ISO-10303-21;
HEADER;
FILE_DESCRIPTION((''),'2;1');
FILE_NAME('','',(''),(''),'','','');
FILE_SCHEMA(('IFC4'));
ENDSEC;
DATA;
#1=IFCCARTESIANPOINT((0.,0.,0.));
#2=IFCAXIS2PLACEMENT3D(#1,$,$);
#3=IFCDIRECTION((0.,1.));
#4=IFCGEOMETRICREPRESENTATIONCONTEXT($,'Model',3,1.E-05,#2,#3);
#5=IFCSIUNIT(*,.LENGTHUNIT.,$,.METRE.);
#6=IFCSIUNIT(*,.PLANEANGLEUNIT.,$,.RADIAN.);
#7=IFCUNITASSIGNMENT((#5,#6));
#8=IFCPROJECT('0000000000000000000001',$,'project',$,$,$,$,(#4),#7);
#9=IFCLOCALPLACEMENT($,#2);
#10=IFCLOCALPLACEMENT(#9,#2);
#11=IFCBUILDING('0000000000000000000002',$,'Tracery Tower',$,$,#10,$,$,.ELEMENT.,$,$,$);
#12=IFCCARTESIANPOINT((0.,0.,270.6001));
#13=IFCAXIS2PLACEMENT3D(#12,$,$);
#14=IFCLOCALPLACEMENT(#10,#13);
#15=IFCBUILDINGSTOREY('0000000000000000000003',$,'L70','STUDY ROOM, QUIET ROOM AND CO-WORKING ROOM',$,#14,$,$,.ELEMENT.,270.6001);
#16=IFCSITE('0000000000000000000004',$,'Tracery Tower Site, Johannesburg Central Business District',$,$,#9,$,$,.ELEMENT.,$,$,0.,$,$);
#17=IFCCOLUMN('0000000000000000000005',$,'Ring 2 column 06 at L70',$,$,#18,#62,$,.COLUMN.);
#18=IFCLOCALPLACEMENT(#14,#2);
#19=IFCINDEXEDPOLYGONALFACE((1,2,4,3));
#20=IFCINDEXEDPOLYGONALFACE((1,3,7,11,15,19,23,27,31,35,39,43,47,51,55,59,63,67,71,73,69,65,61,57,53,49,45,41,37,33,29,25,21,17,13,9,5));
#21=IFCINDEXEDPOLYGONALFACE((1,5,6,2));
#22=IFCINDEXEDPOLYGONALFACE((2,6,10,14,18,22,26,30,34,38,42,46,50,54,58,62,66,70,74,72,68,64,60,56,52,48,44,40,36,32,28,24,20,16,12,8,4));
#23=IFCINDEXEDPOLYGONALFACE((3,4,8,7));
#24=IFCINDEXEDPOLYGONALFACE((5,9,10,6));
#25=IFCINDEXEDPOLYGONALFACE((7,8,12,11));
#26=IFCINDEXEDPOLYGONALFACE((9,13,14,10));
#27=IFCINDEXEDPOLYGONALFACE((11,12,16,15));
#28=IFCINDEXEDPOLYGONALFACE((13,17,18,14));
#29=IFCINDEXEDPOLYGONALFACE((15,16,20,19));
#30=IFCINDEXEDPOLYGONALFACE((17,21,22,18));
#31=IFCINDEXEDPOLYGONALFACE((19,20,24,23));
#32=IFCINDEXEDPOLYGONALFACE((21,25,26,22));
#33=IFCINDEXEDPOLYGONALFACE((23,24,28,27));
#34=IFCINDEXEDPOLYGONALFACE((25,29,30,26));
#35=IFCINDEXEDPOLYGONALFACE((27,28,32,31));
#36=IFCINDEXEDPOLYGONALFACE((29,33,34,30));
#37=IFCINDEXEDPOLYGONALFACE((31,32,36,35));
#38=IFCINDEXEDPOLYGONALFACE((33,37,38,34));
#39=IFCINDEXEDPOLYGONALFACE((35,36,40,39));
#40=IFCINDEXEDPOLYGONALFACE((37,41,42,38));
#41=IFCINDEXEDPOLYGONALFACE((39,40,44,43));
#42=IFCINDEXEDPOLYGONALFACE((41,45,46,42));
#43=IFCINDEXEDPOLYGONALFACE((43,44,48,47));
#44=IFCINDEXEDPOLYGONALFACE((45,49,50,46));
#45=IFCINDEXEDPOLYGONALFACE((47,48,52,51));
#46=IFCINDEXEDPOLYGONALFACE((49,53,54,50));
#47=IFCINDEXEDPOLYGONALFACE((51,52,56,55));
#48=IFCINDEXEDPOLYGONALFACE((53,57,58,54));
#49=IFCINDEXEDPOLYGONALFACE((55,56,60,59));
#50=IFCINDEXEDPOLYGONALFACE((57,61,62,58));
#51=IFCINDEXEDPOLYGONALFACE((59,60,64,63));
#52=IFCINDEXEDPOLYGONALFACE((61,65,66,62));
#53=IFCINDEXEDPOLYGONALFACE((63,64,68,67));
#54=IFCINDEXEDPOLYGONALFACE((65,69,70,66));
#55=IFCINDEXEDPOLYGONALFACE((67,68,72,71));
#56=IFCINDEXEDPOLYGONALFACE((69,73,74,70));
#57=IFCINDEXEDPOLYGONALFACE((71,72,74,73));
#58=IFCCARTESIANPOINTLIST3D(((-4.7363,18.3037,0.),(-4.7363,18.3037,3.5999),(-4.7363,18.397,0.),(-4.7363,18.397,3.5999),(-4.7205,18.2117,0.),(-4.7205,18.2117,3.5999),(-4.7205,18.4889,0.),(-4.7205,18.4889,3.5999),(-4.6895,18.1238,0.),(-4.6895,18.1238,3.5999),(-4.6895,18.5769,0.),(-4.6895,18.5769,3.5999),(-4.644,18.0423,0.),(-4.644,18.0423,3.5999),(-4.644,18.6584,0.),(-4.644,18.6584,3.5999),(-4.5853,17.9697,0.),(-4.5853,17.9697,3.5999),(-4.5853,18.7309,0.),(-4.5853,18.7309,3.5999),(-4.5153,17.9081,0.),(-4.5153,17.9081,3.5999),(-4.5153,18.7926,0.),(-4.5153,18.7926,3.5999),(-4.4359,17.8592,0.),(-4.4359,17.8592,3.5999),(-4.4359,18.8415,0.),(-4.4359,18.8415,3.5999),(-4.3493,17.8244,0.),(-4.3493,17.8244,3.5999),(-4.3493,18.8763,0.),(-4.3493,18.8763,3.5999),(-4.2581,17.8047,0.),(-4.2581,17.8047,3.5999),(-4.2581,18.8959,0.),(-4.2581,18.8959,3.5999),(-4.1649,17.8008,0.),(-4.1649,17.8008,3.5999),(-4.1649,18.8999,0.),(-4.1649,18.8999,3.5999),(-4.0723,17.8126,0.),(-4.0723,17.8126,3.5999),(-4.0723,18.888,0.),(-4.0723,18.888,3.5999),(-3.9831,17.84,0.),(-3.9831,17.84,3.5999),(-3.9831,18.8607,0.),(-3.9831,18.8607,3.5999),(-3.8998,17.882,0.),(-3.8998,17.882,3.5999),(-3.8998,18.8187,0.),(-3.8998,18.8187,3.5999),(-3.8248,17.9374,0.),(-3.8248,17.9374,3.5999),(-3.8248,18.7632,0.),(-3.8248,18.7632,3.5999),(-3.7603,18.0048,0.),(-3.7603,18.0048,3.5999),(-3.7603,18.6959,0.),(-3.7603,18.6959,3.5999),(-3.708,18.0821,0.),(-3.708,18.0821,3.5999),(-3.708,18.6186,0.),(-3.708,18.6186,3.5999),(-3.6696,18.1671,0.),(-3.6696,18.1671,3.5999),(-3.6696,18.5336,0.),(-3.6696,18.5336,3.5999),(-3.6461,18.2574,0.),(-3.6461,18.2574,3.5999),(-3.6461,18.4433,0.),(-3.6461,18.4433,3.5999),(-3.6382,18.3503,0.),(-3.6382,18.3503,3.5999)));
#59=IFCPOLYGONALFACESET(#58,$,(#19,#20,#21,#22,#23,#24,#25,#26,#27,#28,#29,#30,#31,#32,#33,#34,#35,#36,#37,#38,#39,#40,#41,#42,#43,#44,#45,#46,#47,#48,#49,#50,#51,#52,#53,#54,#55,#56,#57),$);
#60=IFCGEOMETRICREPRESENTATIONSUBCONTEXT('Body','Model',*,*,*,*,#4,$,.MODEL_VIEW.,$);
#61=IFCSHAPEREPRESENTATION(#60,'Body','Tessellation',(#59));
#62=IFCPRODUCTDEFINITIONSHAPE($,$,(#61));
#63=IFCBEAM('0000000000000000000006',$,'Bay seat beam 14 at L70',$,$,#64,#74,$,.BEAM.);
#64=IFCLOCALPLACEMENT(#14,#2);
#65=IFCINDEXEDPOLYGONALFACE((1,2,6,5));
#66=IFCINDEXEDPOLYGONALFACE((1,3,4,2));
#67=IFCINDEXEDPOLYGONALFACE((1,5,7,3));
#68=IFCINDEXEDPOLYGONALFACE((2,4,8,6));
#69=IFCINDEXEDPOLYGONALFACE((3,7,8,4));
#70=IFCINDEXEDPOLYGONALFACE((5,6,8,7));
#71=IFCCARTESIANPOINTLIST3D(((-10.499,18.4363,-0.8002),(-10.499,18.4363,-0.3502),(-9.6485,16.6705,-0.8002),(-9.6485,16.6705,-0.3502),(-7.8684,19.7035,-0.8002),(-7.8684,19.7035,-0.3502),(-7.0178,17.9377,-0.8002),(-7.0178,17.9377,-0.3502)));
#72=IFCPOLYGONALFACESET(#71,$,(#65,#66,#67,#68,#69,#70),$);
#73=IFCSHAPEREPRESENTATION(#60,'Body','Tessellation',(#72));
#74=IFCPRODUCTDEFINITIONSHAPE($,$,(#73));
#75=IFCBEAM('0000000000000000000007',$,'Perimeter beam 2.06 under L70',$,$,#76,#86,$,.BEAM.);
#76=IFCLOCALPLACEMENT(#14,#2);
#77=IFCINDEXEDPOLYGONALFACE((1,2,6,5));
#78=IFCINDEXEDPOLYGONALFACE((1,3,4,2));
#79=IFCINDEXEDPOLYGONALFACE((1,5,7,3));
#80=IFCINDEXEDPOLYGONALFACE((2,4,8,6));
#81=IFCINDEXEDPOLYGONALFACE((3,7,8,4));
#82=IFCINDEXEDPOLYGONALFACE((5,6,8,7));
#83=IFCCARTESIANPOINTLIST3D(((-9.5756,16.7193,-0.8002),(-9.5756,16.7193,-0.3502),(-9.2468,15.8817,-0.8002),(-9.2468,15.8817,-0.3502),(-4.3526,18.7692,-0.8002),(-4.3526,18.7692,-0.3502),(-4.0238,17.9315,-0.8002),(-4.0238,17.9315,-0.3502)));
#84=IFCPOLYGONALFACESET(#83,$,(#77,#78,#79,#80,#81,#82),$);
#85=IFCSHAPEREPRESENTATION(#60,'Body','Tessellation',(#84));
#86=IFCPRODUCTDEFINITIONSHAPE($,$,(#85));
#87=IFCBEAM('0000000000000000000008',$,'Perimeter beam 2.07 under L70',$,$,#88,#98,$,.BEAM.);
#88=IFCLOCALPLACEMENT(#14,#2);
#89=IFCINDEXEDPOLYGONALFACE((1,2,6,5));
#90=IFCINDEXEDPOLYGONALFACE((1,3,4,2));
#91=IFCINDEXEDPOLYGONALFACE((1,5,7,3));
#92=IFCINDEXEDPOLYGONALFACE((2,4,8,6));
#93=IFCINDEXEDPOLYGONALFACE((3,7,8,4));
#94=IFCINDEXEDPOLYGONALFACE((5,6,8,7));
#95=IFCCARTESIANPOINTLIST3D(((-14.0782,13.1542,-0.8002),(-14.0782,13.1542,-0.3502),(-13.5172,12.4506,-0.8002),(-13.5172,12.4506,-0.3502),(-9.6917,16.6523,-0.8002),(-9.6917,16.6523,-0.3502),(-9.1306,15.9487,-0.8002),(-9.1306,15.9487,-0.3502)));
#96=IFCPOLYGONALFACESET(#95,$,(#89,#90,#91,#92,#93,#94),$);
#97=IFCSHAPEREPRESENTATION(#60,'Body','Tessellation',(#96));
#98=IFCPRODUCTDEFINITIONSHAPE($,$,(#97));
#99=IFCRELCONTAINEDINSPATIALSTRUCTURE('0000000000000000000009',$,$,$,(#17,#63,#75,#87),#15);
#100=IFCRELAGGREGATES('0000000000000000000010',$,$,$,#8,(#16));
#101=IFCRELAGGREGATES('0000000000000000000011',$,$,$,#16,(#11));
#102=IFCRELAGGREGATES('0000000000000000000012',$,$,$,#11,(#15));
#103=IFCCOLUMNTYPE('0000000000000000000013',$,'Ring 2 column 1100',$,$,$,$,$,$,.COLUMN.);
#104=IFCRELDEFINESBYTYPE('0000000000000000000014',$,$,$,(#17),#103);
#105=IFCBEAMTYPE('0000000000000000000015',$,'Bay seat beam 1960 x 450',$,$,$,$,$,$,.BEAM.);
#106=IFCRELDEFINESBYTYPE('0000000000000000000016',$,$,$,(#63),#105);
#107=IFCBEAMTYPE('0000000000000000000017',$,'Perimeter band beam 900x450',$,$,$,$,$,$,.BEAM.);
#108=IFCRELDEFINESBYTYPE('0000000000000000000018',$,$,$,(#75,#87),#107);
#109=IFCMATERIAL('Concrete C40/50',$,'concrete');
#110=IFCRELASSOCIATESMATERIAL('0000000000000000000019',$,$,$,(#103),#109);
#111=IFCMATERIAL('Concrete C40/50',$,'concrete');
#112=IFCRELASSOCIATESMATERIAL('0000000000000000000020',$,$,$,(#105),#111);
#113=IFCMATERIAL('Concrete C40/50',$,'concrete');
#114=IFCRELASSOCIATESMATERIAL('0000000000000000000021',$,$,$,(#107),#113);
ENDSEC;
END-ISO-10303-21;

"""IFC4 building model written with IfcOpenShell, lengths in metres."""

from ifc_helpers import new_model, si_unit, direction, frame, origin, origin_2d, place, context, subcontext, project, spatial, rectangle, circle, extrude, material, material_profile, profile_set, type_object, element, save


model = new_model("IFC4")

# Units and contexts
model_context = context("Model", 3, precision=1e-05, world=origin(), true_north=direction((0.0, 1.0)))
body_context = subcontext(model_context, "Body", "Model", "MODEL_VIEW")
ifc_project = project(units=[si_unit("LENGTHUNIT", "METRE"), si_unit("PLANEANGLEUNIT", "RADIAN")], contexts=[model_context])

# Site, building, storey
site_placement = place(None, origin())
site = spatial("IfcSite", under=ifc_project, at=site_placement, Name="Tracery Tower Site, Johannesburg Central Business District", CompositionType="ELEMENT", RefElevation=0.0)
building_placement = place(site_placement, origin())
building = spatial("IfcBuilding", under=site, at=building_placement, Name="Tracery Tower", CompositionType="ELEMENT")
storey_placement = place(building_placement, frame((0.0, 0.0, 270.6001)))
storey = spatial("IfcBuildingStorey", under=building, at=storey_placement, Name="L70", Description="STUDY ROOM, QUIET ROOM AND CO-WORKING ROOM", CompositionType="ELEMENT", Elevation=270.6001)

# Column
ifc_material_1 = material(Name="Concrete C40/50", Category="concrete")
ifc_material_profile_1 = material_profile(ifc_material_1, circle(Radius=0.55, at=origin_2d()), Name="RC D1100")
ifc_profile_set_1 = profile_set([ifc_material_profile_1], Name="Concrete C40/50")
column_type = type_object("IfcColumnType", Name="Ring 2 column 1100", PredefinedType="COLUMN", material=ifc_profile_set_1)
column_placement = place(storey_placement, frame((-4.1882, 18.3503, 0.0), z_axis=(0.0, 0.0, 1.0), x_axis=(1.0, 0.0, 0.0)))
element("IfcColumn", 1, at=column_placement, inside=storey, type_object=column_type, Name="Ring 2 column 06 at L70", PredefinedType="COLUMN", context=body_context, shape_type="SweptSolid", body=[
    extrude(circle(Radius=0.55, at=origin_2d()), origin(), (0.0, 0.0, 1.0), 3.5999),
])

# Beams
ifc_material_2 = material(Name="Concrete C40/50", Category="concrete")
ifc_material_profile_2 = material_profile(ifc_material_2, rectangle(XDim=1.96, YDim=0.45, at=origin_2d()), Name="RC 1960x450")
ifc_profile_set_2 = profile_set([ifc_material_profile_2], Name="Concrete C40/50")
beam_type_1 = type_object("IfcBeamType", Name="Bay seat beam 1960 x 450", PredefinedType="BEAM", material=ifc_profile_set_2)
beam_1_placement = place(storey_placement, frame((-7.4431, 18.8206, -0.5752), z_axis=(-0.900935, -0.433954, 0.0), x_axis=(0.433954, -0.900935, 0.0)))
element("IfcBeam", 2, at=beam_1_placement, inside=storey, type_object=beam_type_1, Name="Bay seat beam 14 at L70", PredefinedType="BEAM", context=body_context, shape_type="SweptSolid", body=[
    extrude(rectangle(XDim=1.96, YDim=0.45, at=origin_2d()), origin(), (0.0, 0.0, 1.0), 2.9199),
])
ifc_material_3 = material(Name="Concrete C40/50", Category="concrete")
ifc_material_profile_3 = material_profile(ifc_material_3, rectangle(XDim=0.8999, YDim=0.45, at=origin_2d()), Name="RC 900x450")
ifc_profile_set_3 = profile_set([ifc_material_profile_3], Name="Concrete C40/50")
beam_type_2 = type_object("IfcBeamType", Name="Perimeter band beam 900x450", PredefinedType="BEAM", material=ifc_profile_set_3)
beam_2_placement = place(storey_placement, frame((-4.1882, 18.3503, -0.5752), z_axis=(-0.930876, -0.365336, 0.0), x_axis=(0.365336, -0.930876, 0.0)))
element("IfcBeam", 3, at=beam_2_placement, inside=storey, type_object=beam_type_2, Name="Perimeter beam 2.06 under L70", PredefinedType="BEAM", context=body_context, shape_type="SweptSolid", body=[
    extrude(rectangle(XDim=0.8999, YDim=0.45, at=origin_2d()), origin(), (0.0, 0.0, 1.0), 5.6108),
])
beam_3_placement = place(storey_placement, frame((-9.4111, 16.3005, -0.5752), z_axis=(-0.781836, -0.623484, 0.0), x_axis=(0.623484, -0.781836, 0.0)))
element("IfcBeam", 4, at=beam_3_placement, inside=storey, type_object=beam_type_2, Name="Perimeter beam 2.07 under L70", PredefinedType="BEAM", context=body_context, shape_type="SweptSolid", body=[
    extrude(rectangle(XDim=0.8999, YDim=0.45, at=origin_2d()), origin(), (0.0, 0.0, 1.0), 5.6106),
])

save(model, "model.ifc")
